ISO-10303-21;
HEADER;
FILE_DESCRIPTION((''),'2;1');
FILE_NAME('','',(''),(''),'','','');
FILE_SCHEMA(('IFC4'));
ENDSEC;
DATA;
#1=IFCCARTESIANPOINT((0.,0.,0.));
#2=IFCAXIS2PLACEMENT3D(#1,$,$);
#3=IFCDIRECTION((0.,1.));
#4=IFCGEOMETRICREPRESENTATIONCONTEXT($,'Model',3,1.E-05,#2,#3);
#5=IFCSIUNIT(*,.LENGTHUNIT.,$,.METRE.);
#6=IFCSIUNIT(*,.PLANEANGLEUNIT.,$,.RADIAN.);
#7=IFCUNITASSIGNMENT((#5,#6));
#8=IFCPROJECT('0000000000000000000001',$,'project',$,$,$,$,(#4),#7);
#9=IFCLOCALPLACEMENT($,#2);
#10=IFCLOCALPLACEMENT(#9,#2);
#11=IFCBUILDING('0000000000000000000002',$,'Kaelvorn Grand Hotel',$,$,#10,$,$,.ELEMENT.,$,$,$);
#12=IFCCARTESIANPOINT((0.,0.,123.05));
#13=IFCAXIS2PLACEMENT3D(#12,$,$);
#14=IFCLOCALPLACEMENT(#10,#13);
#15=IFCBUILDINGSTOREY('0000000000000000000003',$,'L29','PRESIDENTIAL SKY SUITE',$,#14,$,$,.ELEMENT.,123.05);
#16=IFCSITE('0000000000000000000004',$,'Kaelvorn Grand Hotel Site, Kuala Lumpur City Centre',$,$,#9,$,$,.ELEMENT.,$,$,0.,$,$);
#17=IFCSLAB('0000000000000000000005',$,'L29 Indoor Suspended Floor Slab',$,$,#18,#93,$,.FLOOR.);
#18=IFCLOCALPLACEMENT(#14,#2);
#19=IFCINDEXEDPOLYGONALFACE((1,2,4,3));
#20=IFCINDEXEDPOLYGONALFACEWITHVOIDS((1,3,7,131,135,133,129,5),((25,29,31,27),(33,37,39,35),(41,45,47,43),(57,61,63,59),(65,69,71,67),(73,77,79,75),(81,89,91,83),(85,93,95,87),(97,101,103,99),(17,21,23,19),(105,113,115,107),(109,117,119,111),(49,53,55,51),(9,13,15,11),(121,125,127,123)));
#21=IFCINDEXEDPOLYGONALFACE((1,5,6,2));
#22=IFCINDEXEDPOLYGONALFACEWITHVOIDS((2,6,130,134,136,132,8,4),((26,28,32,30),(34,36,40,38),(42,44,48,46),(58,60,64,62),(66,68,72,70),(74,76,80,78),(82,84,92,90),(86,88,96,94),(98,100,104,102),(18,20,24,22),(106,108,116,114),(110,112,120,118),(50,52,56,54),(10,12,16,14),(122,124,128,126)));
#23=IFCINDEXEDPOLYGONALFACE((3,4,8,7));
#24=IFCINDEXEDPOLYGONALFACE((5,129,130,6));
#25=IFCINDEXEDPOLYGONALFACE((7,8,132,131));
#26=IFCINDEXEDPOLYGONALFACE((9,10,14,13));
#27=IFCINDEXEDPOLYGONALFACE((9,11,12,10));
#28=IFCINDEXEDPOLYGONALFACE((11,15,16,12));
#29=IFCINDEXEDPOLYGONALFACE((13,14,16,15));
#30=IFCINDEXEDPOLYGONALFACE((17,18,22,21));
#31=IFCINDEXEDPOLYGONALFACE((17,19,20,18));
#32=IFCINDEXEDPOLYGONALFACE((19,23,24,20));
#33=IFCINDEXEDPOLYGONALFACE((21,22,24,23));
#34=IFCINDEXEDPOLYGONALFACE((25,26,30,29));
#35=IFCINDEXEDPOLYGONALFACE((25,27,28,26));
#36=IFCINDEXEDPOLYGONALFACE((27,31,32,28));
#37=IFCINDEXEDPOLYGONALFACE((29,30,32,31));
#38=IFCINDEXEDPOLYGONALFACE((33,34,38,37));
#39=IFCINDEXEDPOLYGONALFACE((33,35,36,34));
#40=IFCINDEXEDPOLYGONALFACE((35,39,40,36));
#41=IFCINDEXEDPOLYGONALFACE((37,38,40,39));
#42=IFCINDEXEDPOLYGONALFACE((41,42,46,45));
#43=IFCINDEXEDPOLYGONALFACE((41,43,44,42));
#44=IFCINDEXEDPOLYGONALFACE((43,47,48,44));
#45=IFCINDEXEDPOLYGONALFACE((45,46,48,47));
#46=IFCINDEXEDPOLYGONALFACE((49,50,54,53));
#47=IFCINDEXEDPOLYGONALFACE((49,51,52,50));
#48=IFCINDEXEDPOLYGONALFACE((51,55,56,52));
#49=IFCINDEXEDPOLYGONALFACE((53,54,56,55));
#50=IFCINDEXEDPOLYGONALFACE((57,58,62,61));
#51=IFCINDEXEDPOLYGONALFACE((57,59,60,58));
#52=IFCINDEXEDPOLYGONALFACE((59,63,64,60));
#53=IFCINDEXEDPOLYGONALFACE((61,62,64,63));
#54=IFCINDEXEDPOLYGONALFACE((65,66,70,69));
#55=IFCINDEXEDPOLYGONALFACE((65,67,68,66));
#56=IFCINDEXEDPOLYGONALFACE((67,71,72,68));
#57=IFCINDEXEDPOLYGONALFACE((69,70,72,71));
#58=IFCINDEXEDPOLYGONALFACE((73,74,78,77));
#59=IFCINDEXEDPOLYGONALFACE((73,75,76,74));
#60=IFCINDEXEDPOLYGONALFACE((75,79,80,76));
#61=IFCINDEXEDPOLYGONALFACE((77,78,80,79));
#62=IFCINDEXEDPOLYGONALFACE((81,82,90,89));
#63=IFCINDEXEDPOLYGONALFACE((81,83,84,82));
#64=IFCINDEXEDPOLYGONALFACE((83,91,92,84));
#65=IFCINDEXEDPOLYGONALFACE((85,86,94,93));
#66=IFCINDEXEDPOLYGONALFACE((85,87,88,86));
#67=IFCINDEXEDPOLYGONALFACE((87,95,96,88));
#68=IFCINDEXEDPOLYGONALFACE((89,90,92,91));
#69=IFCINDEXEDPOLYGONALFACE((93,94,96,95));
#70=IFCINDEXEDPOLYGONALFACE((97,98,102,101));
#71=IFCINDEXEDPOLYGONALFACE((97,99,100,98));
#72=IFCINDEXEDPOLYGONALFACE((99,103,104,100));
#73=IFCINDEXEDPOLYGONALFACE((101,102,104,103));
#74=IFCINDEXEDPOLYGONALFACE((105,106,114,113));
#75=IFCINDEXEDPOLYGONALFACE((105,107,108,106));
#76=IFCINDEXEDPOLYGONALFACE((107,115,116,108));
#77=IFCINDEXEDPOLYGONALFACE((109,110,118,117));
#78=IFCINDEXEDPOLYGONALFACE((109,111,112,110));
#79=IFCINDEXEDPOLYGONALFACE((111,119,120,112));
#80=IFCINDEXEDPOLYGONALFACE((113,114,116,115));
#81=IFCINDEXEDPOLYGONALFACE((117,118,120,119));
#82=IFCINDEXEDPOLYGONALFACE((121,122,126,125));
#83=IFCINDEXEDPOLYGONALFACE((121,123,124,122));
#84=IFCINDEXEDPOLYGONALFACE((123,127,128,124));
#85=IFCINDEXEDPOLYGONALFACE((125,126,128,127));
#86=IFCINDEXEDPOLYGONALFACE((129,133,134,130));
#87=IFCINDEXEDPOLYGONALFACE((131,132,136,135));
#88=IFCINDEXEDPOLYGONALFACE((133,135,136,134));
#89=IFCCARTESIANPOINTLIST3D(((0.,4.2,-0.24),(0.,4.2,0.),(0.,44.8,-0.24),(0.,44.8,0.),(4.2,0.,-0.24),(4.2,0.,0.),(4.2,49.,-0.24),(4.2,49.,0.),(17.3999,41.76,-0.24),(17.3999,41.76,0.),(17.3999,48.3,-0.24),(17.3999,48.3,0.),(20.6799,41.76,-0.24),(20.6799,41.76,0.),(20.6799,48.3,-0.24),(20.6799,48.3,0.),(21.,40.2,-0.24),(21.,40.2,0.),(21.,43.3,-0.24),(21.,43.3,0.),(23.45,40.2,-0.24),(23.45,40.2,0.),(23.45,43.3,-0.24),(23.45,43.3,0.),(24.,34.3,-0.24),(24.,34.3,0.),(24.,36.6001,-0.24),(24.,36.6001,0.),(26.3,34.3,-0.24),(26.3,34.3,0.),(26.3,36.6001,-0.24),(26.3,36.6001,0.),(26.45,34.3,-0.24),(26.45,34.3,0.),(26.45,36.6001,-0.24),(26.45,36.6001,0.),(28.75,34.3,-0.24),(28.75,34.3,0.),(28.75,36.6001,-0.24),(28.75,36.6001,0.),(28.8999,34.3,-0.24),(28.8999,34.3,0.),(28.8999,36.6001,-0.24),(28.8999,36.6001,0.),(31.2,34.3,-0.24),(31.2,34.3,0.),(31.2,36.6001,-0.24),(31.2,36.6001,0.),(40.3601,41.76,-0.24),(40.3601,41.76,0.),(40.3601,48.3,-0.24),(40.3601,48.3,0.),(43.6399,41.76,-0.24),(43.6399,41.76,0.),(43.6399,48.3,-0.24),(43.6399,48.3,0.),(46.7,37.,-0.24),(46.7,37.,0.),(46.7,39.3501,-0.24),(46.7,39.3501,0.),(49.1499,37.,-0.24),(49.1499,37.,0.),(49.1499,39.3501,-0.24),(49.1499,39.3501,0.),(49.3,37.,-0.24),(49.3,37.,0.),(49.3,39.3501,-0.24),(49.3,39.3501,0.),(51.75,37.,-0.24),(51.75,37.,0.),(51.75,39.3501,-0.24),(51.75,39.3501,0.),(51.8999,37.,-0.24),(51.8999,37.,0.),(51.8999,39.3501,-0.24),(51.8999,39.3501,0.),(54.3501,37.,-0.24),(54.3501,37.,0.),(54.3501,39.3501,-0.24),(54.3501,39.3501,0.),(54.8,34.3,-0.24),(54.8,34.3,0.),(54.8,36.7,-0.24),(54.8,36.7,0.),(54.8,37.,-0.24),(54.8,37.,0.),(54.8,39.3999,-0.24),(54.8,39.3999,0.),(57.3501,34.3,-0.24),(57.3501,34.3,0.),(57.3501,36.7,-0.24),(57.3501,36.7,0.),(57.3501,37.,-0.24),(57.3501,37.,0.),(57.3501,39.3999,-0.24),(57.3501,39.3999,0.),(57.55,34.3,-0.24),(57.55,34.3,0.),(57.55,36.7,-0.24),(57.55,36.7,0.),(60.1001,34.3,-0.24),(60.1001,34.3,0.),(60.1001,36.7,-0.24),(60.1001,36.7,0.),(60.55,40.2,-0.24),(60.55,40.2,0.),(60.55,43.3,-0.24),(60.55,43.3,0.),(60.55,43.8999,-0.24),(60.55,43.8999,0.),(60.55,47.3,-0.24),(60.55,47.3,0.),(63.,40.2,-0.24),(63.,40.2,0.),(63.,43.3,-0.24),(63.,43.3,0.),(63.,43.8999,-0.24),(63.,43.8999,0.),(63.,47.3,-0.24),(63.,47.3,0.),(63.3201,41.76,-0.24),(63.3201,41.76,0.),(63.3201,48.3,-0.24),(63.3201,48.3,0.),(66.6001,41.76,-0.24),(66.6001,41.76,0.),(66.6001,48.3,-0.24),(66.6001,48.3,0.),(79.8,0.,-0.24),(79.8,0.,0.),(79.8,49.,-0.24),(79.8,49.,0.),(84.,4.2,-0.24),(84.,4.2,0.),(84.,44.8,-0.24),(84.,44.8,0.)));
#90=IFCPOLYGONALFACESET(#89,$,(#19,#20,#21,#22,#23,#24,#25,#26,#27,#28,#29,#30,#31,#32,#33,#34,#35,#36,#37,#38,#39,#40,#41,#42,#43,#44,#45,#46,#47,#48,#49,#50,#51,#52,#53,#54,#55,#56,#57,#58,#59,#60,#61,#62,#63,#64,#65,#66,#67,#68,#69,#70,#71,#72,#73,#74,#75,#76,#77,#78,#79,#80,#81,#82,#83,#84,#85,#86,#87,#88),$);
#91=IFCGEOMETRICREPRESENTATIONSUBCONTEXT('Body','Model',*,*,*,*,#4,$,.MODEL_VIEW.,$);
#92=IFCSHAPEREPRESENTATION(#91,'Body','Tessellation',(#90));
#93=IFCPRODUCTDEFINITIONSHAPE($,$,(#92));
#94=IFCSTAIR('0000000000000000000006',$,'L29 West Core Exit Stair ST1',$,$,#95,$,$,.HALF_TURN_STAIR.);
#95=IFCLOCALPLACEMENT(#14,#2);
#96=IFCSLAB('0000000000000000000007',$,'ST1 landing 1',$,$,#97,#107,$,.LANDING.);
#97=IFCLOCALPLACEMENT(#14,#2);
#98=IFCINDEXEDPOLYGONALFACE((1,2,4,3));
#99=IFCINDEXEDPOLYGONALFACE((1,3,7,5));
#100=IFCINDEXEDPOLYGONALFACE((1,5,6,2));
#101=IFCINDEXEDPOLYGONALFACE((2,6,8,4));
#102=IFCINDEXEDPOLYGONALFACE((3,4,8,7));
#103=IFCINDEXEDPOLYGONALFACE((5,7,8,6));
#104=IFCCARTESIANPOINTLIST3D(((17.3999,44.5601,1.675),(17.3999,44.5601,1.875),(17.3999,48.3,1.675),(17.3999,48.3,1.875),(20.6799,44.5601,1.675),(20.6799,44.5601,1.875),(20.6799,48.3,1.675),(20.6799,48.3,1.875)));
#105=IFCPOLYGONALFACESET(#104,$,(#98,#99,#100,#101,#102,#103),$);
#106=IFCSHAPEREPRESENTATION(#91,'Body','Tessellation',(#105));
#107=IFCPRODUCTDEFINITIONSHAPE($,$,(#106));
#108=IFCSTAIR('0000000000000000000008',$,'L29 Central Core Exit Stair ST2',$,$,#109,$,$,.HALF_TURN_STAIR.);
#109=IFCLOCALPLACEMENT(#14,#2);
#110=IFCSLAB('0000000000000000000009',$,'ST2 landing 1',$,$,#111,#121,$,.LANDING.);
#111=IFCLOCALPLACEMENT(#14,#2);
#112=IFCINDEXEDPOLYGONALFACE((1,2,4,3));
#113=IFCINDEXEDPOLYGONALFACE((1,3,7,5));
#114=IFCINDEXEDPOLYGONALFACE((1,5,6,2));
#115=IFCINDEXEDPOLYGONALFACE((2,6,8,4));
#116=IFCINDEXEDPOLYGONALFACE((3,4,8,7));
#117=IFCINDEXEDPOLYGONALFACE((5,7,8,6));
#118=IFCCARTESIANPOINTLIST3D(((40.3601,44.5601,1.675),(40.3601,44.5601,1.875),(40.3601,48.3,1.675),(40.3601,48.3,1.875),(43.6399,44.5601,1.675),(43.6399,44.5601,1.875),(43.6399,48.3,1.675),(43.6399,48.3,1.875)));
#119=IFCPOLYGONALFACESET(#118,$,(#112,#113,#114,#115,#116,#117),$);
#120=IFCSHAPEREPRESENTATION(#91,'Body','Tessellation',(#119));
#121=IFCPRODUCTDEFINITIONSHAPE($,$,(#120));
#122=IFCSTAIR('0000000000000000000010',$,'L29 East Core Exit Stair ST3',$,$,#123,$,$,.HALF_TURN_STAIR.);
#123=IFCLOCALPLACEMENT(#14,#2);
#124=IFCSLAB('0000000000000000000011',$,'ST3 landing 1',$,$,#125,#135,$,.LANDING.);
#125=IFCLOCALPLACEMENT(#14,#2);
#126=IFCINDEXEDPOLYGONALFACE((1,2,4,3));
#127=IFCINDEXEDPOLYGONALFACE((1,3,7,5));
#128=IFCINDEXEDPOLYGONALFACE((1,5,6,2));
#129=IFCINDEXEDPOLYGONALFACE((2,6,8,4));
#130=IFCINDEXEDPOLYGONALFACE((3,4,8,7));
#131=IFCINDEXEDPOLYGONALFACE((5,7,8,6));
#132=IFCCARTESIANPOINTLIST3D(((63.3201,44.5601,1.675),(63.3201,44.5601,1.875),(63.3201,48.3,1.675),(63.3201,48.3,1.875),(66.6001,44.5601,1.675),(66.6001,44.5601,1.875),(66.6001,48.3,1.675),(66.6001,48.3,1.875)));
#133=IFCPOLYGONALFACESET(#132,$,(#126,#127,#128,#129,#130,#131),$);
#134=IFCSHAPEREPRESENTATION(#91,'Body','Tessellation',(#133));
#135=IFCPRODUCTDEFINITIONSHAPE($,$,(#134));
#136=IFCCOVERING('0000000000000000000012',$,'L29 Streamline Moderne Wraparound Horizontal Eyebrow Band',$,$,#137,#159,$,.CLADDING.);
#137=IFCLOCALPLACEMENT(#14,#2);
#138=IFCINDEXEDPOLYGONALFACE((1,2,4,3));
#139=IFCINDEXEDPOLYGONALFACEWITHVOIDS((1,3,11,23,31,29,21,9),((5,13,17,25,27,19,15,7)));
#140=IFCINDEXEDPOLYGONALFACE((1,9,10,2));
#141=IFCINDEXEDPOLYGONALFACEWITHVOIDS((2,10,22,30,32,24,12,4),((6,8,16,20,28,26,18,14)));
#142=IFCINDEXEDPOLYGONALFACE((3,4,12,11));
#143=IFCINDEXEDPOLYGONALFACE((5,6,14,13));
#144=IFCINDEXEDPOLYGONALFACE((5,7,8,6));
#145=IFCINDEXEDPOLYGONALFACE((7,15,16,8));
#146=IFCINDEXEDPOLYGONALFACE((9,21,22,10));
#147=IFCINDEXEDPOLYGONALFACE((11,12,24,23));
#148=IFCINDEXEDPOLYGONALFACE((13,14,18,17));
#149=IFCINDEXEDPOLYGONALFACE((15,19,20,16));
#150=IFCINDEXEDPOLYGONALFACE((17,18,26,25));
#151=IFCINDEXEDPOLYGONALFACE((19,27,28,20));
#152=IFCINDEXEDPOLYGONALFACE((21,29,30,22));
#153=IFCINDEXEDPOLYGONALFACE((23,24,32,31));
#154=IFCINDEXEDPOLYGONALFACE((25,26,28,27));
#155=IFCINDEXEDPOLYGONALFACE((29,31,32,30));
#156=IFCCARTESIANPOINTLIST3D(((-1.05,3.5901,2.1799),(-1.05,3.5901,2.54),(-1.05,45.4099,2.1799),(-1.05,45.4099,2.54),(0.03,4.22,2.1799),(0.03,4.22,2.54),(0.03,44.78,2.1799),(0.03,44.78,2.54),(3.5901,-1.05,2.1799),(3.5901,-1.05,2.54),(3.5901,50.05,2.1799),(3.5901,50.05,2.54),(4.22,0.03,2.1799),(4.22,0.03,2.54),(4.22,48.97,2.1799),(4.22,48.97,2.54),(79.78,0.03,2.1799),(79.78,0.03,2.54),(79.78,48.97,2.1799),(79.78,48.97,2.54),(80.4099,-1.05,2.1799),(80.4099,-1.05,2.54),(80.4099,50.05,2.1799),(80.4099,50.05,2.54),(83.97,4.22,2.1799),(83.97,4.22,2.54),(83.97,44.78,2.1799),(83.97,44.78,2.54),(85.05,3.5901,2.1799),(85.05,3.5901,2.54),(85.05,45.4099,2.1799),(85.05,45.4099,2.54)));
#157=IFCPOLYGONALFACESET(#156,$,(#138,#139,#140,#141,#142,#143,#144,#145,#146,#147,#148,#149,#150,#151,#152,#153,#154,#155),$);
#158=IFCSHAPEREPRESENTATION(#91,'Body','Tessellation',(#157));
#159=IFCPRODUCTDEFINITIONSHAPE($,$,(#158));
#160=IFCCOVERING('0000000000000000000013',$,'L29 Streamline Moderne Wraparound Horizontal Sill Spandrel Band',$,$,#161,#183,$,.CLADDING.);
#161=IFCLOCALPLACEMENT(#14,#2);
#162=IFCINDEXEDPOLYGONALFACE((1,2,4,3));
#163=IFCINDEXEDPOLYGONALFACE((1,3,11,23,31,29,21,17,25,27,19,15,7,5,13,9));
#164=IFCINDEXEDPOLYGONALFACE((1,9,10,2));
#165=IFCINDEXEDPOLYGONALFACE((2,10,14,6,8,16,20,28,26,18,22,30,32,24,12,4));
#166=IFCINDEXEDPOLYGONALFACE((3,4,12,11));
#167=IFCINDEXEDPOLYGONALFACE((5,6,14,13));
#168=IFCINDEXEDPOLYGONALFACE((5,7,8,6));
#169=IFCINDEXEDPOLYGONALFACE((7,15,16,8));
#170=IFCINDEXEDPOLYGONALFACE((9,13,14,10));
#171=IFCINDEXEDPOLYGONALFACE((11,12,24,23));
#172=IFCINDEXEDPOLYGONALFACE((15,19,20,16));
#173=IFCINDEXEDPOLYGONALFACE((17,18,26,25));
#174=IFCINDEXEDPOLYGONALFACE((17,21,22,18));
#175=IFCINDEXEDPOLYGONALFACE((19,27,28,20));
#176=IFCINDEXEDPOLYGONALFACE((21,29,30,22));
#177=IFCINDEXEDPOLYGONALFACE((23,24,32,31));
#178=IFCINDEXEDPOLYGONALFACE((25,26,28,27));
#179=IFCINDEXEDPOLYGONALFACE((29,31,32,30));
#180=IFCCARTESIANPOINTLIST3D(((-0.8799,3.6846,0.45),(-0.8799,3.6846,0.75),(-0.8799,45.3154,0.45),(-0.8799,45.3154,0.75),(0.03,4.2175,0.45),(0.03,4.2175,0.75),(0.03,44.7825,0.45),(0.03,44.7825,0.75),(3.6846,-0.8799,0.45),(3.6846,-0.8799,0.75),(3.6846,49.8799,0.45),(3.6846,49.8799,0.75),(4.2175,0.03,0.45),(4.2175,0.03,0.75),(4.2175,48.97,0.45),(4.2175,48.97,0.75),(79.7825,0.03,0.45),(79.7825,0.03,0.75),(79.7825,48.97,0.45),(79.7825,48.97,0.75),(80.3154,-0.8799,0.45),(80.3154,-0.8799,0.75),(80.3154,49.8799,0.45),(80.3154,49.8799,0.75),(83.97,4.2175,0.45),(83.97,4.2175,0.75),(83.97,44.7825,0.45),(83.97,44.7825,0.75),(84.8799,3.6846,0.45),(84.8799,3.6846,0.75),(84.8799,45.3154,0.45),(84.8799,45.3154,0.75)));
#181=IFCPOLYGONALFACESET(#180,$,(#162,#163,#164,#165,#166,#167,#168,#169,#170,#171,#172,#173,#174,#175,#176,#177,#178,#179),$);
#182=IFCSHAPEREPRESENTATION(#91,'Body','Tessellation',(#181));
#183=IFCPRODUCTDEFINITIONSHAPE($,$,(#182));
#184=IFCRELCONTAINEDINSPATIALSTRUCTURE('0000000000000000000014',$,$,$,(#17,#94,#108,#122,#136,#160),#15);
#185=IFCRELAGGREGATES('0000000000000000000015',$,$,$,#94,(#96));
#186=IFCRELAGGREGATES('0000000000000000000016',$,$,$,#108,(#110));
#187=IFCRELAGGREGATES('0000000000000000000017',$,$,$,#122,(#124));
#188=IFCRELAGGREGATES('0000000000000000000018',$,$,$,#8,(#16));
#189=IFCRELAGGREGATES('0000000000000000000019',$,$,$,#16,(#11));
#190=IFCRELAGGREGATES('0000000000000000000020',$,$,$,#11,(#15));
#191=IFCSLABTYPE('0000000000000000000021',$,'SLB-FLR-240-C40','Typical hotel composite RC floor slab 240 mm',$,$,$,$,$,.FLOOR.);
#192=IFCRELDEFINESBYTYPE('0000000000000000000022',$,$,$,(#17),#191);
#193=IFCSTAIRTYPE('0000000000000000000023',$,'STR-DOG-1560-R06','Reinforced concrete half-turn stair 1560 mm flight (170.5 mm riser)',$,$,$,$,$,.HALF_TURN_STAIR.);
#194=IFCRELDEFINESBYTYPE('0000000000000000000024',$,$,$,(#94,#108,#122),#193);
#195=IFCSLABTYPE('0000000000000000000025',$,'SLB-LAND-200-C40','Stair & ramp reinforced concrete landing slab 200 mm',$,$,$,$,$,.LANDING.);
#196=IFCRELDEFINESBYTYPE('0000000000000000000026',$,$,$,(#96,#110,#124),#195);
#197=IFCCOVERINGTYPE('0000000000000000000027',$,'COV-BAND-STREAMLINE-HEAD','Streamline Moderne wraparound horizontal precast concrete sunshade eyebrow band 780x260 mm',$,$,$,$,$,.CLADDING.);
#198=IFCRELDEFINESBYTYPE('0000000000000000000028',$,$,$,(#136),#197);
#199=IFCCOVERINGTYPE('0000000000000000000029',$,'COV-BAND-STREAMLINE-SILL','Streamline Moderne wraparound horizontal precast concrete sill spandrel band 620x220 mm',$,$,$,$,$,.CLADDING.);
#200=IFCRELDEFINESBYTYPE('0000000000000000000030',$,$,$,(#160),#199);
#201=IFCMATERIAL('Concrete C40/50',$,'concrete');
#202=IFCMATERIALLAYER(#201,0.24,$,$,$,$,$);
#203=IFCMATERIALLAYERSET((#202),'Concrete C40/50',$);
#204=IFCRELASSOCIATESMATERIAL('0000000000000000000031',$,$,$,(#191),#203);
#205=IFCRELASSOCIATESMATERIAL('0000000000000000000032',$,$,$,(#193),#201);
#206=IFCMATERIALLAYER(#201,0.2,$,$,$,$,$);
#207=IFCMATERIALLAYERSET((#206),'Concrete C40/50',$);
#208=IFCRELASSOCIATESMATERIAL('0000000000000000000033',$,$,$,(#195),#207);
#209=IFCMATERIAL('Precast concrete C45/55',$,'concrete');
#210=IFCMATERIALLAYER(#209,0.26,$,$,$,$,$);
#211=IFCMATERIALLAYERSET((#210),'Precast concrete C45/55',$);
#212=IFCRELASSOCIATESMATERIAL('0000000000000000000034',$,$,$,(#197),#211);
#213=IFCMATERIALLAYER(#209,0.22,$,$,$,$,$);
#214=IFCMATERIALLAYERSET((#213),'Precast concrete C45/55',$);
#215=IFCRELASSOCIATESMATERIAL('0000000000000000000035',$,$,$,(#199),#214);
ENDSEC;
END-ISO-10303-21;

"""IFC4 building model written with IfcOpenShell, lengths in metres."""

from ifc_helpers import new_model, si_unit, direction, frame, origin, place, context, subcontext, project, spatial, polyline, outline, extrude, material, layer, layer_set, type_object, element, aggregate, save


model = new_model("IFC4")

# Units and contexts
model_context = context("Model", 3, precision=1e-05, world=origin(), true_north=direction((0.0, 1.0)))
body_context = subcontext(model_context, "Body", "Model", "MODEL_VIEW")
ifc_project = project(units=[si_unit("LENGTHUNIT", "METRE"), si_unit("PLANEANGLEUNIT", "RADIAN")], contexts=[model_context])

# Site, building, storey
site_placement = place(None, origin())
site = spatial("IfcSite", under=ifc_project, at=site_placement, Name="Kaelvorn Grand Hotel Site, Kuala Lumpur City Centre", CompositionType="ELEMENT", RefElevation=0.0)
building_placement = place(site_placement, origin())
building = spatial("IfcBuilding", under=site, at=building_placement, Name="Kaelvorn Grand Hotel", CompositionType="ELEMENT")
storey_placement = place(building_placement, frame((0.0, 0.0, 123.05)))
storey = spatial("IfcBuildingStorey", under=building, at=storey_placement, Name="L29", Description="PRESIDENTIAL SKY SUITE", CompositionType="ELEMENT", Elevation=123.05)

# Slab
ifc_material_1 = material(Name="Concrete C40/50", Category="concrete")
ifc_layer_1 = layer(ifc_material_1, 0.24)
ifc_layer_set_1 = layer_set([ifc_layer_1], Name="Concrete C40/50")
slab_type_1 = type_object("IfcSlabType", Name="SLB-FLR-240-C40", Description="Typical hotel composite RC floor slab 240 mm", PredefinedType="FLOOR", material=ifc_layer_set_1)
slab_1_placement = place(storey_placement, frame((0.0, 0.0, -0.24)))
element("IfcSlab", 1, at=slab_1_placement, inside=storey, type_object=slab_type_1, Name="L29 Indoor Suspended Floor Slab", PredefinedType="FLOOR", context=body_context, shape_type="SweptSolid", body=[
    extrude(outline(polyline([(4.2, 0.0), (79.8, 0.0), (84.0, 4.2), (84.0, 44.8), (79.8, 49.0), (4.2, 49.0), (0.0, 44.8), (0.0, 4.2), (4.2, 0.0)]), holes=[polyline([(17.3999, 41.76), (17.3999, 48.3), (20.6799, 48.3), (20.6799, 41.76), (17.3999, 41.76)]), polyline([(40.3601, 41.76), (40.3601, 48.3), (43.6399, 48.3), (43.6399, 41.76), (40.3601, 41.76)]), polyline([(63.3201, 41.76), (63.3201, 48.3), (66.6001, 48.3), (66.6001, 41.76), (63.3201, 41.76)]), polyline([(24.0, 34.3), (24.0, 36.6001), (26.3, 36.6001), (26.3, 34.3), (24.0, 34.3)]), polyline([(26.45, 34.3), (26.45, 36.6001), (28.75, 36.6001), (28.75, 34.3), (26.45, 34.3)]), polyline([(28.8999, 34.3), (28.8999, 36.6001), (31.2, 36.6001), (31.2, 34.3), (28.8999, 34.3)]), polyline([(46.7, 37.0), (46.7, 39.3501), (49.1499, 39.3501), (49.1499, 37.0), (46.7, 37.0)]), polyline([(49.3, 37.0), (49.3, 39.3501), (51.75, 39.3501), (51.75, 37.0), (49.3, 37.0)]), polyline([(51.8999, 37.0), (51.8999, 39.3501), (54.3501, 39.3501), (54.3501, 37.0), (51.8999, 37.0)]), polyline([(54.8, 34.3), (54.8, 36.7), (57.3501, 36.7), (57.3501, 34.3), (54.8, 34.3)]), polyline([(57.55, 34.3), (57.55, 36.7), (60.1001, 36.7), (60.1001, 34.3), (57.55, 34.3)]), polyline([(54.8, 37.0), (54.8, 39.3999), (57.3501, 39.3999), (57.3501, 37.0), (54.8, 37.0)]), polyline([(21.0, 40.2), (21.0, 43.3), (23.45, 43.3), (23.45, 40.2), (21.0, 40.2)]), polyline([(60.55, 40.2), (60.55, 43.3), (63.0, 43.3), (63.0, 40.2), (60.55, 40.2)]), polyline([(60.55, 43.8999), (60.55, 47.3), (63.0, 47.3), (63.0, 43.8999), (60.55, 43.8999)])]), origin(), (0.0, 0.0, 1.0), 0.24),
])

# Stairs, slabs
stair_type = type_object("IfcStairType", Name="STR-DOG-1560-R06", Description="Reinforced concrete half-turn stair 1560 mm flight (170.5 mm riser)", PredefinedType="HALF_TURN_STAIR", material=ifc_material_1)
stair_1_placement = place(storey_placement, origin())
stair_1 = element("IfcStair", 2, at=stair_1_placement, inside=storey, type_object=stair_type, Name="L29 West Core Exit Stair ST1", PredefinedType="HALF_TURN_STAIR")
ifc_layer_2 = layer(ifc_material_1, 0.2)
ifc_layer_set_2 = layer_set([ifc_layer_2], Name="Concrete C40/50")
slab_type_2 = type_object("IfcSlabType", Name="SLB-LAND-200-C40", Description="Stair & ramp reinforced concrete landing slab 200 mm", PredefinedType="LANDING", material=ifc_layer_set_2)
slab_2_placement = place(storey_placement, frame((0.0, 0.0, 1.675)))
slab_2 = element("IfcSlab", 3, at=slab_2_placement, type_object=slab_type_2, Name="ST1 landing 1", PredefinedType="LANDING", context=body_context, shape_type="SweptSolid", body=[
    extrude(outline(polyline([(20.6799, 44.5601), (20.6799, 48.3), (17.3999, 48.3), (17.3999, 44.5601), (20.6799, 44.5601)])), origin(), (0.0, 0.0, 1.0), 0.2),
])
aggregate(stair_1, [slab_2])
stair_2_placement = place(storey_placement, origin())
stair_2 = element("IfcStair", 4, at=stair_2_placement, inside=storey, type_object=stair_type, Name="L29 Central Core Exit Stair ST2", PredefinedType="HALF_TURN_STAIR")
slab_3_placement = place(storey_placement, frame((0.0, 0.0, 1.675)))
slab_3 = element("IfcSlab", 5, at=slab_3_placement, type_object=slab_type_2, Name="ST2 landing 1", PredefinedType="LANDING", context=body_context, shape_type="SweptSolid", body=[
    extrude(outline(polyline([(43.6399, 44.5601), (43.6399, 48.3), (40.3601, 48.3), (40.3601, 44.5601), (43.6399, 44.5601)])), origin(), (0.0, 0.0, 1.0), 0.2),
])
aggregate(stair_2, [slab_3])
stair_3_placement = place(storey_placement, origin())
stair_3 = element("IfcStair", 6, at=stair_3_placement, inside=storey, type_object=stair_type, Name="L29 East Core Exit Stair ST3", PredefinedType="HALF_TURN_STAIR")
slab_4_placement = place(storey_placement, frame((0.0, 0.0, 1.675)))
slab_4 = element("IfcSlab", 7, at=slab_4_placement, type_object=slab_type_2, Name="ST3 landing 1", PredefinedType="LANDING", context=body_context, shape_type="SweptSolid", body=[
    extrude(outline(polyline([(66.6001, 44.5601), (66.6001, 48.3), (63.3201, 48.3), (63.3201, 44.5601), (66.6001, 44.5601)])), origin(), (0.0, 0.0, 1.0), 0.2),
])
aggregate(stair_3, [slab_4])

# Coverings
ifc_material_2 = material(Name="Precast concrete C45/55", Category="concrete")
ifc_layer_3 = layer(ifc_material_2, 0.26)
ifc_layer_set_3 = layer_set([ifc_layer_3], Name="Precast concrete C45/55")
covering_type_1 = type_object("IfcCoveringType", Name="COV-BAND-STREAMLINE-HEAD", Description="Streamline Moderne wraparound horizontal precast concrete sunshade eyebrow band 780x260 mm", PredefinedType="CLADDING", material=ifc_layer_set_3)
covering_1_placement = place(storey_placement, frame((0.0, 0.0, 2.1799)))
element("IfcCovering", 8, at=covering_1_placement, inside=storey, type_object=covering_type_1, Name="L29 Streamline Moderne Wraparound Horizontal Eyebrow Band", PredefinedType="CLADDING", context=body_context, shape_type="SweptSolid", body=[
    extrude(outline(polyline([(3.5901, -1.05), (80.4099, -1.05), (85.05, 3.5901), (85.05, 45.4099), (80.4099, 50.05), (3.5901, 50.05), (-1.05, 45.4099), (-1.05, 3.5901), (3.5901, -1.05)]), holes=[polyline([(4.22, 0.03), (79.78, 0.03), (83.97, 4.22), (83.97, 44.78), (79.78, 48.97), (4.22, 48.97), (0.03, 44.78), (0.03, 4.22), (4.22, 0.03)])]), origin(), (0.0, 0.0, 1.0), 0.3601),
])
ifc_layer_4 = layer(ifc_material_2, 0.22)
ifc_layer_set_4 = layer_set([ifc_layer_4], Name="Precast concrete C45/55")
covering_type_2 = type_object("IfcCoveringType", Name="COV-BAND-STREAMLINE-SILL", Description="Streamline Moderne wraparound horizontal precast concrete sill spandrel band 620x220 mm", PredefinedType="CLADDING", material=ifc_layer_set_4)
covering_2_placement = place(storey_placement, frame((0.0, 0.0, 0.45)))
element("IfcCovering", 9, at=covering_2_placement, inside=storey, type_object=covering_type_2, Name="L29 Streamline Moderne Wraparound Horizontal Sill Spandrel Band", PredefinedType="CLADDING", context=body_context, shape_type="SweptSolid", body=[
    extrude(outline(polyline([(80.3154, -0.8799), (84.8799, 3.6846), (84.8799, 45.3154), (80.3154, 49.8799), (3.6846, 49.8799), (-0.8799, 45.3154), (-0.8799, 3.6846), (3.6846, -0.8799), (4.2175, 0.03), (0.03, 4.2175), (0.03, 44.7825), (4.2175, 48.97), (79.7825, 48.97), (83.97, 44.7825), (83.97, 4.2175), (79.7825, 0.03), (80.3154, -0.8799)])), origin(), (0.0, 0.0, 1.0), 0.3),
])

save(model, "model.ifc")
